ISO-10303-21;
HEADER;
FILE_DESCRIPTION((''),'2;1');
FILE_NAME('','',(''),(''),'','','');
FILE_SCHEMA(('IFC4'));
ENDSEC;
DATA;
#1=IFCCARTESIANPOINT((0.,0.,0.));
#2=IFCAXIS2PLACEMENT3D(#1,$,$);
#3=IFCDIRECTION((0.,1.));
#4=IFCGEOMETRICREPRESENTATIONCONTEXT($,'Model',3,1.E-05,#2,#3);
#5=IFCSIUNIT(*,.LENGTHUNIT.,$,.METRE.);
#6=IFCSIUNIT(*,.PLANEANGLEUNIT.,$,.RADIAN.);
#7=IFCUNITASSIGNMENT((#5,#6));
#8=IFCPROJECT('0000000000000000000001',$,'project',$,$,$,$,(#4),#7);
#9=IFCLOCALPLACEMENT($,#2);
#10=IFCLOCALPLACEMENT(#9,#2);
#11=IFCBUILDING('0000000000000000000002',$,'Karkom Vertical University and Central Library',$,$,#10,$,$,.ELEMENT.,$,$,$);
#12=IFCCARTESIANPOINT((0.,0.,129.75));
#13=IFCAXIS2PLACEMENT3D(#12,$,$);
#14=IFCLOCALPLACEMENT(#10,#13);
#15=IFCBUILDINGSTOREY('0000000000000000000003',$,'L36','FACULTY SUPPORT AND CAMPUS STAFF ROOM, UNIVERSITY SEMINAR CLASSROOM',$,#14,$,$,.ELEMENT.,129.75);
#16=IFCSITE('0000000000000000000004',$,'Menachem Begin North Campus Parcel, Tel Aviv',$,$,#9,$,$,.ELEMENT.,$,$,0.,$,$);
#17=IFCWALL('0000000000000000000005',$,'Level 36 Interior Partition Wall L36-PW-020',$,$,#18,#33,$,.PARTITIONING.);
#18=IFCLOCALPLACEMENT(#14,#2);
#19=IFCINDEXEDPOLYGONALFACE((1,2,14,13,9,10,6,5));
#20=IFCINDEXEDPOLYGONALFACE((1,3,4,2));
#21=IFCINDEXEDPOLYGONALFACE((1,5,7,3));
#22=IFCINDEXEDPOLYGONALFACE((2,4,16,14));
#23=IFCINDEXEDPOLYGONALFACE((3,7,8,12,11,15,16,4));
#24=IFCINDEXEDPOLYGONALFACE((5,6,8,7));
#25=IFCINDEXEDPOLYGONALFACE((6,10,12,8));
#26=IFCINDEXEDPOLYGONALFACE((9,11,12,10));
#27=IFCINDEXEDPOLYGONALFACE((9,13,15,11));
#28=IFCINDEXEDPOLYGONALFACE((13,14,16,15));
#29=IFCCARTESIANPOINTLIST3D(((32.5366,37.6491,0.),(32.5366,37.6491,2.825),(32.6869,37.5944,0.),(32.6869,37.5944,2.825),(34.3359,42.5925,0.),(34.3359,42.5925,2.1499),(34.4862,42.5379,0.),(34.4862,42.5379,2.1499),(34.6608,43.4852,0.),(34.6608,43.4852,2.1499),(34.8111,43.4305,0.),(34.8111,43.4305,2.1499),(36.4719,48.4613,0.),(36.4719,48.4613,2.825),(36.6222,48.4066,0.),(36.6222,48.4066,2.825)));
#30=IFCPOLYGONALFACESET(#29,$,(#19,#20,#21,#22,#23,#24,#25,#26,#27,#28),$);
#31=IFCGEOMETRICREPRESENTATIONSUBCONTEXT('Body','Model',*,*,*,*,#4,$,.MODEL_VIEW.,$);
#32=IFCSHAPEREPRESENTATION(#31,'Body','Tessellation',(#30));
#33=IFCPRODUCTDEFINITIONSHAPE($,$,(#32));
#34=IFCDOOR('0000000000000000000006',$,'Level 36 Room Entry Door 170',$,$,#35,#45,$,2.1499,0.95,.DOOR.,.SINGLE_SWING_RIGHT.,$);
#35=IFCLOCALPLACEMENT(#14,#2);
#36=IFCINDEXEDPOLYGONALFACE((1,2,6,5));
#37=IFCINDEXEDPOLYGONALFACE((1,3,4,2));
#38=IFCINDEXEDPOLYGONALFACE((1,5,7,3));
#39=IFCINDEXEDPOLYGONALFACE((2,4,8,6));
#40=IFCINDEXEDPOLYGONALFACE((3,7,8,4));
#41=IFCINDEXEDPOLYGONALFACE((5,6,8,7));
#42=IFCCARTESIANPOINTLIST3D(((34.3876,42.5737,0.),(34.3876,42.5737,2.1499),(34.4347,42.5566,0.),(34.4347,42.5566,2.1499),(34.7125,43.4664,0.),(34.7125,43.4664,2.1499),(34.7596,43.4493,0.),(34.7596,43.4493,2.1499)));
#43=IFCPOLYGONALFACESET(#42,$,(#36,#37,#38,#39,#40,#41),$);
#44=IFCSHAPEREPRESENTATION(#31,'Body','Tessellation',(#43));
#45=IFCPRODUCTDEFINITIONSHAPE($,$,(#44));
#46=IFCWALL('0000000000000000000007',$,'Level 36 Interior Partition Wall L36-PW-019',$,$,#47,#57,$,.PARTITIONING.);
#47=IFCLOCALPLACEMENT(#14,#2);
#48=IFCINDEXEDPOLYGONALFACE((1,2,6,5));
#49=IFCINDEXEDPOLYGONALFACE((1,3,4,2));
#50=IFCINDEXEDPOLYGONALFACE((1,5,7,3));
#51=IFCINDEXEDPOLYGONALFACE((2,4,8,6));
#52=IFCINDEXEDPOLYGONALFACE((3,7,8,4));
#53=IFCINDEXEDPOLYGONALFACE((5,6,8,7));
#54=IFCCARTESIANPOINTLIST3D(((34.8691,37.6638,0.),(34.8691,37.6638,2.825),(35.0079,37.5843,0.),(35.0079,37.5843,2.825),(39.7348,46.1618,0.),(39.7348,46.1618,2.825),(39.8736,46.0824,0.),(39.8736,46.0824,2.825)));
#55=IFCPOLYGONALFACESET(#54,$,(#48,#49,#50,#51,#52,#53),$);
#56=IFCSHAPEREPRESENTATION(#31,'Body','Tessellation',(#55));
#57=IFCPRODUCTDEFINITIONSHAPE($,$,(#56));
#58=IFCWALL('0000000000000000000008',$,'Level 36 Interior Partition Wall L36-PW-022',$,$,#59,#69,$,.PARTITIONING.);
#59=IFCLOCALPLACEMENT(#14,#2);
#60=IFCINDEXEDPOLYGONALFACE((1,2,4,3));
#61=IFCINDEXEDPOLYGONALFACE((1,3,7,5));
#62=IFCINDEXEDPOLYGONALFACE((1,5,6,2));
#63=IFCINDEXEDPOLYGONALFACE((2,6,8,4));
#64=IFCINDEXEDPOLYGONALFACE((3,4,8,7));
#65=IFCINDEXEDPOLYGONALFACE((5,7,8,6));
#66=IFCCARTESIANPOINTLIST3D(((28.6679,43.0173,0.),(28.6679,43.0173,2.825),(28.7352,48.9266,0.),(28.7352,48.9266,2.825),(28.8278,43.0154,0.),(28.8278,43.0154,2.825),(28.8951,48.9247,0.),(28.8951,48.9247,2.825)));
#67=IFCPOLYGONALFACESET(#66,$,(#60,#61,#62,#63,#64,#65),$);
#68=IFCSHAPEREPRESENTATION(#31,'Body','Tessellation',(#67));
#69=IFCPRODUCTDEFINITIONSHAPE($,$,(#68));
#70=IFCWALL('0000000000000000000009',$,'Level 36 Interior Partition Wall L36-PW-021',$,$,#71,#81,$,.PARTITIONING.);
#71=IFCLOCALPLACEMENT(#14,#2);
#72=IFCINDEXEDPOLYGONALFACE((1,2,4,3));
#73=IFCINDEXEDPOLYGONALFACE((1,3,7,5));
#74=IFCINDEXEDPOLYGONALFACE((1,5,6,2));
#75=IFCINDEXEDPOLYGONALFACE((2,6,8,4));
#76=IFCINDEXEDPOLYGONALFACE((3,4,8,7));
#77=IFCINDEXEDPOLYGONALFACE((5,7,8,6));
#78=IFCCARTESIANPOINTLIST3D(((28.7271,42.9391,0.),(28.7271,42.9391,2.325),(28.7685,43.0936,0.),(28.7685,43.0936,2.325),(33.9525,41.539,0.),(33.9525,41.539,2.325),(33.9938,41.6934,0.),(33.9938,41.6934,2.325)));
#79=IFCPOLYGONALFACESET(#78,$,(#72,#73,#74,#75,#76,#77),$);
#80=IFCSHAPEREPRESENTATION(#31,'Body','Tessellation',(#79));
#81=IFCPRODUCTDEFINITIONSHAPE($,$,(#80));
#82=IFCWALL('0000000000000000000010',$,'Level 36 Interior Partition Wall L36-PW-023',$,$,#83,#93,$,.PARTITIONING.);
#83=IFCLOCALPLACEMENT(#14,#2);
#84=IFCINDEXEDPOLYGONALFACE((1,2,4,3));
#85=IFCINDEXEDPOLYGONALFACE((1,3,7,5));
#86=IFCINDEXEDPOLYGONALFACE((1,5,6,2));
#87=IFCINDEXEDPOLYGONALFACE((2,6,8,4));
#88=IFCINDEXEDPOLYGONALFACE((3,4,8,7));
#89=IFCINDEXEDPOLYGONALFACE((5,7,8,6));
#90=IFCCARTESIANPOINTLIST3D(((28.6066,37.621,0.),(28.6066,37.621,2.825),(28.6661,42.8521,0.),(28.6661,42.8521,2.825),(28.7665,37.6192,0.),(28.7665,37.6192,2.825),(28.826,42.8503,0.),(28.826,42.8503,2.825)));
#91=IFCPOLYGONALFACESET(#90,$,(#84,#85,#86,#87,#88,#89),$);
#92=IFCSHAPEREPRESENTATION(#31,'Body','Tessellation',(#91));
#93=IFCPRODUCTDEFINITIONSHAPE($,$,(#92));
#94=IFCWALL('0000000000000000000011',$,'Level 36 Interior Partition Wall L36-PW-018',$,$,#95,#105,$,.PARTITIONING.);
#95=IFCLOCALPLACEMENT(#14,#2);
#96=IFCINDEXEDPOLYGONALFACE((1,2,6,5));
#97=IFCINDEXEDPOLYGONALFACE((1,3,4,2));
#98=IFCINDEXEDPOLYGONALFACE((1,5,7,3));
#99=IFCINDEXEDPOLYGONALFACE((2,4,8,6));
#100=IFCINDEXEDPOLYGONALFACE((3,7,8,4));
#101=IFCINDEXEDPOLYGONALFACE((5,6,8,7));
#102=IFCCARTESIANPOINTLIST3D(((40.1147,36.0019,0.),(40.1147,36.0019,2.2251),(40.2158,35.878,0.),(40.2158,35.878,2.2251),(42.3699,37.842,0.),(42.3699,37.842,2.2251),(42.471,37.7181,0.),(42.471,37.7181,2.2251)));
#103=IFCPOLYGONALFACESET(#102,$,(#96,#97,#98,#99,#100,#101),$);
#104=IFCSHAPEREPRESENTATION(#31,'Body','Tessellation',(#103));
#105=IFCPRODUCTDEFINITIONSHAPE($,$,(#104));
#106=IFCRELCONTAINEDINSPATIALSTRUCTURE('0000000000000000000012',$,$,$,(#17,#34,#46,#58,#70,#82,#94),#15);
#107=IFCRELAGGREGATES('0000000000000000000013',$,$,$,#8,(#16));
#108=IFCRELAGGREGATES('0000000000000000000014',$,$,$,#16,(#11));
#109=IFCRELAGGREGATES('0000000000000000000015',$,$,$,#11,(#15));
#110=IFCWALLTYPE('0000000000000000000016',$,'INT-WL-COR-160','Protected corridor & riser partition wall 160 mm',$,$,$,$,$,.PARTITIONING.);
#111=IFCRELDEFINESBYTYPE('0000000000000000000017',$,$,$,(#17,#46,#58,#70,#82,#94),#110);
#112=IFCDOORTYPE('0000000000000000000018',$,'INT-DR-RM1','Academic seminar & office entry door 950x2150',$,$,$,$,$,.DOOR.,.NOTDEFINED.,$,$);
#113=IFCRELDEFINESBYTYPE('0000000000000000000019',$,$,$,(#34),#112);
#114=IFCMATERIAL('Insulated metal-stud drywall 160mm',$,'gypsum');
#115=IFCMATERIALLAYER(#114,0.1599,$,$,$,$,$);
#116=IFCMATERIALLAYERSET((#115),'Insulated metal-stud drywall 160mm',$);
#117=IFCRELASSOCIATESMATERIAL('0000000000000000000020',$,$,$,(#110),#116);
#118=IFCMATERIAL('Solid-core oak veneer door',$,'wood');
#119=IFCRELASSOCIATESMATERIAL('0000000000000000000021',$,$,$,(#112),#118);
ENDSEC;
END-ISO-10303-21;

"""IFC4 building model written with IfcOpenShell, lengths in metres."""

from ifc_helpers import new_model, si_unit, direction, frame, frame_2d, origin, origin_with_axes, place, context, subcontext, project, spatial, rectangle, extrude, source, transform, mapped, material, layer, layer_set, type_object, element, fill, save


model = new_model("IFC4")

# Units and contexts
model_context = context("Model", 3, precision=1e-05, world=origin(), true_north=direction((0.0, 1.0)))
body_context = subcontext(model_context, "Body", "Model", "MODEL_VIEW")
ifc_project = project(units=[si_unit("LENGTHUNIT", "METRE"), si_unit("PLANEANGLEUNIT", "RADIAN")], contexts=[model_context])

# Site, building, storey
site_placement = place(None, origin())
site = spatial("IfcSite", under=ifc_project, at=site_placement, Name="Menachem Begin North Campus Parcel, Tel Aviv", CompositionType="ELEMENT", RefElevation=0.0)
building_placement = place(site_placement, origin())
building = spatial("IfcBuilding", under=site, at=building_placement, Name="Karkom Vertical University and Central Library", CompositionType="ELEMENT")
storey_placement = place(building_placement, frame((0.0, 0.0, 129.75)))
storey = spatial("IfcBuildingStorey", under=building, at=storey_placement, Name="L36", Description="FACULTY SUPPORT AND CAMPUS STAFF ROOM, UNIVERSITY SEMINAR CLASSROOM", CompositionType="ELEMENT", Elevation=129.75)

# Shared definitions
ifc_material_1 = material(Name="Insulated metal-stud drywall 160mm", Category="gypsum")
ifc_layer_1 = layer(ifc_material_1, 0.1599)
ifc_layer_set_1 = layer_set([ifc_layer_1], Name="Insulated metal-stud drywall 160mm")
wall_type_1 = type_object("IfcWallType", Name="INT-WL-COR-160", Description="Protected corridor & riser partition wall 160 mm", PredefinedType="PARTITIONING", material=ifc_layer_set_1)
ifc_material_2 = material(Name="Solid-core oak veneer door", Category="wood")
door_type_1 = type_object("IfcDoorType", Name="INT-DR-RM1", Description="Academic seminar & office entry door 950x2150", OperationType="NOTDEFINED", PredefinedType="DOOR", material=ifc_material_2)
shared_shape_1 = source(origin_with_axes(), body_context, "Body", "SweptSolid", [
    extrude(rectangle(XDim=0.95, YDim=2.1499, at=frame_2d((0.4751, 1.075))), frame((0.0, 0.0249, 0.0), z_axis=(0.0, -1.0, 0.0), x_axis=(1.0, 0.0, 0.0)), (0.0, 0.0, 1.0), 0.05),
])

# Wall, opening, door
wall_1_placement = place(storey_placement, frame((32.6118, 37.6218, 0.0), z_axis=(0.0, 0.0, 1.0), x_axis=(0.342017, 0.939694, 0.0)))
wall_1 = element("IfcWall", 1, at=wall_1_placement, inside=storey, type_object=wall_type_1, Name="Level 36 Interior Partition Wall L36-PW-020", PredefinedType="PARTITIONING", context=body_context, shape_type="SweptSolid", body=[
    extrude(rectangle(XDim=11.5061, YDim=0.1599, at=frame_2d((5.7529, 0.0))), origin(), (0.0, 0.0, 1.0), 2.825),
])
opening_1_placement = place(wall_1_placement, frame((5.2605, 0.0, 0.0)))
opening_1 = element("IfcOpeningElement", 2, at=opening_1_placement, cuts=wall_1, PredefinedType="OPENING", context=body_context, shape_type="SweptSolid", body=[
    extrude(rectangle(XDim=0.95, YDim=2.1499, at=frame_2d((0.4751, 1.075))), frame((0.0, 0.0898, 0.0), z_axis=(0.0, -1.0, 0.0), x_axis=(1.0, 0.0, 0.0)), (0.0, 0.0, 1.0), 0.1799),
])
door_1_placement = place(opening_1_placement, origin())
door_1 = element("IfcDoor", 3, at=door_1_placement, inside=storey, type_object=door_type_1, Name="Level 36 Room Entry Door 170", OperationType="SINGLE_SWING_RIGHT", OverallHeight=2.1499, OverallWidth=0.95, PredefinedType="DOOR", context=body_context, shape_type="MappedRepresentation", body=[
    mapped(shared_shape_1, transform((0.0, 0.0, 0.0), scale=1.0)),
])
fill(opening_1, door_1)

# Walls
wall_2_placement = place(storey_placement, frame((34.9385, 37.624, 0.0), z_axis=(0.0, 0.0, 1.0), x_axis=(0.496885, 0.867816, 0.0)))
element("IfcWall", 4, at=wall_2_placement, inside=storey, type_object=wall_type_1, Name="Level 36 Interior Partition Wall L36-PW-019", PredefinedType="PARTITIONING", context=body_context, shape_type="SweptSolid", body=[
    extrude(rectangle(XDim=9.7925, YDim=0.1599, at=frame_2d((4.8962, 0.0))), origin(), (0.0, 0.0, 1.0), 2.825),
])
wall_3_placement = place(storey_placement, frame((28.7478, 43.0164, 0.0), z_axis=(0.0, 0.0, 1.0), x_axis=(0.011402, 0.999935, 0.0)))
element("IfcWall", 5, at=wall_3_placement, inside=storey, type_object=wall_type_1, Name="Level 36 Interior Partition Wall L36-PW-022", PredefinedType="PARTITIONING", context=body_context, shape_type="SweptSolid", body=[
    extrude(rectangle(XDim=5.9097, YDim=0.1599, at=frame_2d((2.9548, 0.0))), origin(), (0.0, 0.0, 1.0), 2.825),
])
wall_4_placement = place(storey_placement, frame((33.9731, 41.6162, 0.0), z_axis=(0.0, 0.0, 1.0), x_axis=(-0.965925, 0.258823, 0.0)))
element("IfcWall", 6, at=wall_4_placement, inside=storey, type_object=wall_type_1, Name="Level 36 Interior Partition Wall L36-PW-021", PredefinedType="PARTITIONING", context=body_context, shape_type="SweptSolid", body=[
    extrude(rectangle(XDim=5.4097, YDim=0.1599, at=frame_2d((2.7048, 0.0))), origin(), (0.0, 0.0, 1.0), 2.325),
])
wall_5_placement = place(storey_placement, frame((28.6865, 37.6201, 0.0), z_axis=(0.0, 0.0, 1.0), x_axis=(0.011387, 0.999935, 0.0)))
element("IfcWall", 7, at=wall_5_placement, inside=storey, type_object=wall_type_1, Name="Level 36 Interior Partition Wall L36-PW-023", PredefinedType="PARTITIONING", context=body_context, shape_type="SweptSolid", body=[
    extrude(rectangle(XDim=5.2314, YDim=0.1599, at=frame_2d((2.6157, 0.0))), origin(), (0.0, 0.0, 1.0), 2.825),
])
wall_6_placement = place(storey_placement, frame((40.1653, 35.9399, 0.0), z_axis=(0.0, 0.0, 1.0), x_axis=(0.774801, 0.632205, 0.0)))
element("IfcWall", 8, at=wall_6_placement, inside=storey, type_object=wall_type_1, Name="Level 36 Interior Partition Wall L36-PW-018", PredefinedType="PARTITIONING", context=body_context, shape_type="SweptSolid", body=[
    extrude(rectangle(XDim=2.9106, YDim=0.1599, at=frame_2d((1.4553, 0.0))), origin(), (0.0, 0.0, 1.0), 2.2251),
])

save(model, "model.ifc")
